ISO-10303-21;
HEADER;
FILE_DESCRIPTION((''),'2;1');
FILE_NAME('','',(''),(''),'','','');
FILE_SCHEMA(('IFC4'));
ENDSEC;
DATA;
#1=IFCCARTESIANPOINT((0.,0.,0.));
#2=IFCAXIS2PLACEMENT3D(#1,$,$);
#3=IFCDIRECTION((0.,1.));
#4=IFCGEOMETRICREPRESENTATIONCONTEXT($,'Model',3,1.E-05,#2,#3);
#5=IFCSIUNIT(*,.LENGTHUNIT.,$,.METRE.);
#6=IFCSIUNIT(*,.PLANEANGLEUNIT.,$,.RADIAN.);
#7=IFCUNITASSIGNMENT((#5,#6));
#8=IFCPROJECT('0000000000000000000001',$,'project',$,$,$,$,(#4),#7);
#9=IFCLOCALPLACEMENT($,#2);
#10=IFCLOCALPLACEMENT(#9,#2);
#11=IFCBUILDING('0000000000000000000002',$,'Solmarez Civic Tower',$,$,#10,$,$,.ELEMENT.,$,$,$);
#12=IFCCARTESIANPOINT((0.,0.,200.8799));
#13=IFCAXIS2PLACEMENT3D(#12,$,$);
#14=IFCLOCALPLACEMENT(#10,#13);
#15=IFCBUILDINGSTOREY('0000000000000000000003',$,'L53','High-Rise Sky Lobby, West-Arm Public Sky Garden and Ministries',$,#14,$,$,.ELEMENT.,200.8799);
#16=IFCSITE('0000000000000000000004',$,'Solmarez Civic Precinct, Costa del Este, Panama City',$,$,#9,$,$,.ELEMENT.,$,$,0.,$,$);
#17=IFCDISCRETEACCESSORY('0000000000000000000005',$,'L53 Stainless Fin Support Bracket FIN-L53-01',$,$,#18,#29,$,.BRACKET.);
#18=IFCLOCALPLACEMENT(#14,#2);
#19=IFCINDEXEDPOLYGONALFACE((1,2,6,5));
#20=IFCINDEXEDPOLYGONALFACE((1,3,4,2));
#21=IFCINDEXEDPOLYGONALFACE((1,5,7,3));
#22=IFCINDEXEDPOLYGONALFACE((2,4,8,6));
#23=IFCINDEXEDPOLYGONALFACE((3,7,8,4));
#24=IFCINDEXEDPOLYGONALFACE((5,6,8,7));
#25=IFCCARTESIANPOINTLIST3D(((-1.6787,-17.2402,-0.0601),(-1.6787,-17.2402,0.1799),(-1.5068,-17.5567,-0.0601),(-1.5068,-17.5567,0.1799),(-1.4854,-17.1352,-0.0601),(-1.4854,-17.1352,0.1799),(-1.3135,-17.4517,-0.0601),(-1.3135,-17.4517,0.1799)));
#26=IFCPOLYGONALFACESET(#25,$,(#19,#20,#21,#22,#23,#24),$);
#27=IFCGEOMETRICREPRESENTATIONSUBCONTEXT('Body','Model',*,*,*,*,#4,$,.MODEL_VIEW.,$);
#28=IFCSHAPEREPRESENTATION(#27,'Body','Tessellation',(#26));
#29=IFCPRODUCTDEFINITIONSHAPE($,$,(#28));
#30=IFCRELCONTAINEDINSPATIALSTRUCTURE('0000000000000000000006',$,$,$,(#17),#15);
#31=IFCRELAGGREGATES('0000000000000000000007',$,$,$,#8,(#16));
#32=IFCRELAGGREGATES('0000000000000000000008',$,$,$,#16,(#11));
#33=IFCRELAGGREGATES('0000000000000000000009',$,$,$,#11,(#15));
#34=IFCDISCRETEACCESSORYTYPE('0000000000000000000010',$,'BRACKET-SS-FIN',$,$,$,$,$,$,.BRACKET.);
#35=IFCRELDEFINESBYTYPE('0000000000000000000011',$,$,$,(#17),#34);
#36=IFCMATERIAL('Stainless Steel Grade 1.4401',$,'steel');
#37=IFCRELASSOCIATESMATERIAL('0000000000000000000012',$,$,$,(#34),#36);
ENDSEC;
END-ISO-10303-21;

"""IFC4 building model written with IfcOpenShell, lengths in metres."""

from ifc_helpers import new_model, si_unit, direction, frame, origin, origin_2d, place, context, subcontext, project, spatial, rectangle, extrude, material, type_object, element, save


model = new_model("IFC4")

# Units and contexts
model_context = context("Model", 3, precision=1e-05, world=origin(), true_north=direction((0.0, 1.0)))
body_context = subcontext(model_context, "Body", "Model", "MODEL_VIEW")
ifc_project = project(units=[si_unit("LENGTHUNIT", "METRE"), si_unit("PLANEANGLEUNIT", "RADIAN")], contexts=[model_context])

# Site, building, storey
site_placement = place(None, origin())
site = spatial("IfcSite", under=ifc_project, at=site_placement, Name="Solmarez Civic Precinct, Costa del Este, Panama City", CompositionType="ELEMENT", RefElevation=0.0)
building_placement = place(site_placement, origin())
building = spatial("IfcBuilding", under=site, at=building_placement, Name="Solmarez Civic Tower", CompositionType="ELEMENT")
storey_placement = place(building_placement, frame((0.0, 0.0, 200.8799)))
storey = spatial("IfcBuildingStorey", under=building, at=storey_placement, Name="L53", Description="High-Rise Sky Lobby, West-Arm Public Sky Garden and Ministries", CompositionType="ELEMENT", Elevation=200.8799)

# Discrete accessory
ifc_material_1 = material(Name="Stainless Steel Grade 1.4401", Category="steel")
discrete_accessory_type = type_object("IfcDiscreteAccessoryType", Name="BRACKET-SS-FIN", PredefinedType="BRACKET", material=ifc_material_1)
discrete_accessory_placement = place(storey_placement, frame((-1.4961, -17.3459, -0.0601), z_axis=(0.0, 0.0, 1.0), x_axis=(0.477215, -0.878787, 0.0)))
element("IfcDiscreteAccessory", 1, at=discrete_accessory_placement, inside=storey, type_object=discrete_accessory_type, Name="L53 Stainless Fin Support Bracket FIN-L53-01", PredefinedType="BRACKET", context=body_context, shape_type="SweptSolid", body=[
    extrude(rectangle(XDim=0.3601, YDim=0.22, at=origin_2d()), origin(), (0.0, 0.0, 1.0), 0.24),
])

save(model, "model.ifc")
